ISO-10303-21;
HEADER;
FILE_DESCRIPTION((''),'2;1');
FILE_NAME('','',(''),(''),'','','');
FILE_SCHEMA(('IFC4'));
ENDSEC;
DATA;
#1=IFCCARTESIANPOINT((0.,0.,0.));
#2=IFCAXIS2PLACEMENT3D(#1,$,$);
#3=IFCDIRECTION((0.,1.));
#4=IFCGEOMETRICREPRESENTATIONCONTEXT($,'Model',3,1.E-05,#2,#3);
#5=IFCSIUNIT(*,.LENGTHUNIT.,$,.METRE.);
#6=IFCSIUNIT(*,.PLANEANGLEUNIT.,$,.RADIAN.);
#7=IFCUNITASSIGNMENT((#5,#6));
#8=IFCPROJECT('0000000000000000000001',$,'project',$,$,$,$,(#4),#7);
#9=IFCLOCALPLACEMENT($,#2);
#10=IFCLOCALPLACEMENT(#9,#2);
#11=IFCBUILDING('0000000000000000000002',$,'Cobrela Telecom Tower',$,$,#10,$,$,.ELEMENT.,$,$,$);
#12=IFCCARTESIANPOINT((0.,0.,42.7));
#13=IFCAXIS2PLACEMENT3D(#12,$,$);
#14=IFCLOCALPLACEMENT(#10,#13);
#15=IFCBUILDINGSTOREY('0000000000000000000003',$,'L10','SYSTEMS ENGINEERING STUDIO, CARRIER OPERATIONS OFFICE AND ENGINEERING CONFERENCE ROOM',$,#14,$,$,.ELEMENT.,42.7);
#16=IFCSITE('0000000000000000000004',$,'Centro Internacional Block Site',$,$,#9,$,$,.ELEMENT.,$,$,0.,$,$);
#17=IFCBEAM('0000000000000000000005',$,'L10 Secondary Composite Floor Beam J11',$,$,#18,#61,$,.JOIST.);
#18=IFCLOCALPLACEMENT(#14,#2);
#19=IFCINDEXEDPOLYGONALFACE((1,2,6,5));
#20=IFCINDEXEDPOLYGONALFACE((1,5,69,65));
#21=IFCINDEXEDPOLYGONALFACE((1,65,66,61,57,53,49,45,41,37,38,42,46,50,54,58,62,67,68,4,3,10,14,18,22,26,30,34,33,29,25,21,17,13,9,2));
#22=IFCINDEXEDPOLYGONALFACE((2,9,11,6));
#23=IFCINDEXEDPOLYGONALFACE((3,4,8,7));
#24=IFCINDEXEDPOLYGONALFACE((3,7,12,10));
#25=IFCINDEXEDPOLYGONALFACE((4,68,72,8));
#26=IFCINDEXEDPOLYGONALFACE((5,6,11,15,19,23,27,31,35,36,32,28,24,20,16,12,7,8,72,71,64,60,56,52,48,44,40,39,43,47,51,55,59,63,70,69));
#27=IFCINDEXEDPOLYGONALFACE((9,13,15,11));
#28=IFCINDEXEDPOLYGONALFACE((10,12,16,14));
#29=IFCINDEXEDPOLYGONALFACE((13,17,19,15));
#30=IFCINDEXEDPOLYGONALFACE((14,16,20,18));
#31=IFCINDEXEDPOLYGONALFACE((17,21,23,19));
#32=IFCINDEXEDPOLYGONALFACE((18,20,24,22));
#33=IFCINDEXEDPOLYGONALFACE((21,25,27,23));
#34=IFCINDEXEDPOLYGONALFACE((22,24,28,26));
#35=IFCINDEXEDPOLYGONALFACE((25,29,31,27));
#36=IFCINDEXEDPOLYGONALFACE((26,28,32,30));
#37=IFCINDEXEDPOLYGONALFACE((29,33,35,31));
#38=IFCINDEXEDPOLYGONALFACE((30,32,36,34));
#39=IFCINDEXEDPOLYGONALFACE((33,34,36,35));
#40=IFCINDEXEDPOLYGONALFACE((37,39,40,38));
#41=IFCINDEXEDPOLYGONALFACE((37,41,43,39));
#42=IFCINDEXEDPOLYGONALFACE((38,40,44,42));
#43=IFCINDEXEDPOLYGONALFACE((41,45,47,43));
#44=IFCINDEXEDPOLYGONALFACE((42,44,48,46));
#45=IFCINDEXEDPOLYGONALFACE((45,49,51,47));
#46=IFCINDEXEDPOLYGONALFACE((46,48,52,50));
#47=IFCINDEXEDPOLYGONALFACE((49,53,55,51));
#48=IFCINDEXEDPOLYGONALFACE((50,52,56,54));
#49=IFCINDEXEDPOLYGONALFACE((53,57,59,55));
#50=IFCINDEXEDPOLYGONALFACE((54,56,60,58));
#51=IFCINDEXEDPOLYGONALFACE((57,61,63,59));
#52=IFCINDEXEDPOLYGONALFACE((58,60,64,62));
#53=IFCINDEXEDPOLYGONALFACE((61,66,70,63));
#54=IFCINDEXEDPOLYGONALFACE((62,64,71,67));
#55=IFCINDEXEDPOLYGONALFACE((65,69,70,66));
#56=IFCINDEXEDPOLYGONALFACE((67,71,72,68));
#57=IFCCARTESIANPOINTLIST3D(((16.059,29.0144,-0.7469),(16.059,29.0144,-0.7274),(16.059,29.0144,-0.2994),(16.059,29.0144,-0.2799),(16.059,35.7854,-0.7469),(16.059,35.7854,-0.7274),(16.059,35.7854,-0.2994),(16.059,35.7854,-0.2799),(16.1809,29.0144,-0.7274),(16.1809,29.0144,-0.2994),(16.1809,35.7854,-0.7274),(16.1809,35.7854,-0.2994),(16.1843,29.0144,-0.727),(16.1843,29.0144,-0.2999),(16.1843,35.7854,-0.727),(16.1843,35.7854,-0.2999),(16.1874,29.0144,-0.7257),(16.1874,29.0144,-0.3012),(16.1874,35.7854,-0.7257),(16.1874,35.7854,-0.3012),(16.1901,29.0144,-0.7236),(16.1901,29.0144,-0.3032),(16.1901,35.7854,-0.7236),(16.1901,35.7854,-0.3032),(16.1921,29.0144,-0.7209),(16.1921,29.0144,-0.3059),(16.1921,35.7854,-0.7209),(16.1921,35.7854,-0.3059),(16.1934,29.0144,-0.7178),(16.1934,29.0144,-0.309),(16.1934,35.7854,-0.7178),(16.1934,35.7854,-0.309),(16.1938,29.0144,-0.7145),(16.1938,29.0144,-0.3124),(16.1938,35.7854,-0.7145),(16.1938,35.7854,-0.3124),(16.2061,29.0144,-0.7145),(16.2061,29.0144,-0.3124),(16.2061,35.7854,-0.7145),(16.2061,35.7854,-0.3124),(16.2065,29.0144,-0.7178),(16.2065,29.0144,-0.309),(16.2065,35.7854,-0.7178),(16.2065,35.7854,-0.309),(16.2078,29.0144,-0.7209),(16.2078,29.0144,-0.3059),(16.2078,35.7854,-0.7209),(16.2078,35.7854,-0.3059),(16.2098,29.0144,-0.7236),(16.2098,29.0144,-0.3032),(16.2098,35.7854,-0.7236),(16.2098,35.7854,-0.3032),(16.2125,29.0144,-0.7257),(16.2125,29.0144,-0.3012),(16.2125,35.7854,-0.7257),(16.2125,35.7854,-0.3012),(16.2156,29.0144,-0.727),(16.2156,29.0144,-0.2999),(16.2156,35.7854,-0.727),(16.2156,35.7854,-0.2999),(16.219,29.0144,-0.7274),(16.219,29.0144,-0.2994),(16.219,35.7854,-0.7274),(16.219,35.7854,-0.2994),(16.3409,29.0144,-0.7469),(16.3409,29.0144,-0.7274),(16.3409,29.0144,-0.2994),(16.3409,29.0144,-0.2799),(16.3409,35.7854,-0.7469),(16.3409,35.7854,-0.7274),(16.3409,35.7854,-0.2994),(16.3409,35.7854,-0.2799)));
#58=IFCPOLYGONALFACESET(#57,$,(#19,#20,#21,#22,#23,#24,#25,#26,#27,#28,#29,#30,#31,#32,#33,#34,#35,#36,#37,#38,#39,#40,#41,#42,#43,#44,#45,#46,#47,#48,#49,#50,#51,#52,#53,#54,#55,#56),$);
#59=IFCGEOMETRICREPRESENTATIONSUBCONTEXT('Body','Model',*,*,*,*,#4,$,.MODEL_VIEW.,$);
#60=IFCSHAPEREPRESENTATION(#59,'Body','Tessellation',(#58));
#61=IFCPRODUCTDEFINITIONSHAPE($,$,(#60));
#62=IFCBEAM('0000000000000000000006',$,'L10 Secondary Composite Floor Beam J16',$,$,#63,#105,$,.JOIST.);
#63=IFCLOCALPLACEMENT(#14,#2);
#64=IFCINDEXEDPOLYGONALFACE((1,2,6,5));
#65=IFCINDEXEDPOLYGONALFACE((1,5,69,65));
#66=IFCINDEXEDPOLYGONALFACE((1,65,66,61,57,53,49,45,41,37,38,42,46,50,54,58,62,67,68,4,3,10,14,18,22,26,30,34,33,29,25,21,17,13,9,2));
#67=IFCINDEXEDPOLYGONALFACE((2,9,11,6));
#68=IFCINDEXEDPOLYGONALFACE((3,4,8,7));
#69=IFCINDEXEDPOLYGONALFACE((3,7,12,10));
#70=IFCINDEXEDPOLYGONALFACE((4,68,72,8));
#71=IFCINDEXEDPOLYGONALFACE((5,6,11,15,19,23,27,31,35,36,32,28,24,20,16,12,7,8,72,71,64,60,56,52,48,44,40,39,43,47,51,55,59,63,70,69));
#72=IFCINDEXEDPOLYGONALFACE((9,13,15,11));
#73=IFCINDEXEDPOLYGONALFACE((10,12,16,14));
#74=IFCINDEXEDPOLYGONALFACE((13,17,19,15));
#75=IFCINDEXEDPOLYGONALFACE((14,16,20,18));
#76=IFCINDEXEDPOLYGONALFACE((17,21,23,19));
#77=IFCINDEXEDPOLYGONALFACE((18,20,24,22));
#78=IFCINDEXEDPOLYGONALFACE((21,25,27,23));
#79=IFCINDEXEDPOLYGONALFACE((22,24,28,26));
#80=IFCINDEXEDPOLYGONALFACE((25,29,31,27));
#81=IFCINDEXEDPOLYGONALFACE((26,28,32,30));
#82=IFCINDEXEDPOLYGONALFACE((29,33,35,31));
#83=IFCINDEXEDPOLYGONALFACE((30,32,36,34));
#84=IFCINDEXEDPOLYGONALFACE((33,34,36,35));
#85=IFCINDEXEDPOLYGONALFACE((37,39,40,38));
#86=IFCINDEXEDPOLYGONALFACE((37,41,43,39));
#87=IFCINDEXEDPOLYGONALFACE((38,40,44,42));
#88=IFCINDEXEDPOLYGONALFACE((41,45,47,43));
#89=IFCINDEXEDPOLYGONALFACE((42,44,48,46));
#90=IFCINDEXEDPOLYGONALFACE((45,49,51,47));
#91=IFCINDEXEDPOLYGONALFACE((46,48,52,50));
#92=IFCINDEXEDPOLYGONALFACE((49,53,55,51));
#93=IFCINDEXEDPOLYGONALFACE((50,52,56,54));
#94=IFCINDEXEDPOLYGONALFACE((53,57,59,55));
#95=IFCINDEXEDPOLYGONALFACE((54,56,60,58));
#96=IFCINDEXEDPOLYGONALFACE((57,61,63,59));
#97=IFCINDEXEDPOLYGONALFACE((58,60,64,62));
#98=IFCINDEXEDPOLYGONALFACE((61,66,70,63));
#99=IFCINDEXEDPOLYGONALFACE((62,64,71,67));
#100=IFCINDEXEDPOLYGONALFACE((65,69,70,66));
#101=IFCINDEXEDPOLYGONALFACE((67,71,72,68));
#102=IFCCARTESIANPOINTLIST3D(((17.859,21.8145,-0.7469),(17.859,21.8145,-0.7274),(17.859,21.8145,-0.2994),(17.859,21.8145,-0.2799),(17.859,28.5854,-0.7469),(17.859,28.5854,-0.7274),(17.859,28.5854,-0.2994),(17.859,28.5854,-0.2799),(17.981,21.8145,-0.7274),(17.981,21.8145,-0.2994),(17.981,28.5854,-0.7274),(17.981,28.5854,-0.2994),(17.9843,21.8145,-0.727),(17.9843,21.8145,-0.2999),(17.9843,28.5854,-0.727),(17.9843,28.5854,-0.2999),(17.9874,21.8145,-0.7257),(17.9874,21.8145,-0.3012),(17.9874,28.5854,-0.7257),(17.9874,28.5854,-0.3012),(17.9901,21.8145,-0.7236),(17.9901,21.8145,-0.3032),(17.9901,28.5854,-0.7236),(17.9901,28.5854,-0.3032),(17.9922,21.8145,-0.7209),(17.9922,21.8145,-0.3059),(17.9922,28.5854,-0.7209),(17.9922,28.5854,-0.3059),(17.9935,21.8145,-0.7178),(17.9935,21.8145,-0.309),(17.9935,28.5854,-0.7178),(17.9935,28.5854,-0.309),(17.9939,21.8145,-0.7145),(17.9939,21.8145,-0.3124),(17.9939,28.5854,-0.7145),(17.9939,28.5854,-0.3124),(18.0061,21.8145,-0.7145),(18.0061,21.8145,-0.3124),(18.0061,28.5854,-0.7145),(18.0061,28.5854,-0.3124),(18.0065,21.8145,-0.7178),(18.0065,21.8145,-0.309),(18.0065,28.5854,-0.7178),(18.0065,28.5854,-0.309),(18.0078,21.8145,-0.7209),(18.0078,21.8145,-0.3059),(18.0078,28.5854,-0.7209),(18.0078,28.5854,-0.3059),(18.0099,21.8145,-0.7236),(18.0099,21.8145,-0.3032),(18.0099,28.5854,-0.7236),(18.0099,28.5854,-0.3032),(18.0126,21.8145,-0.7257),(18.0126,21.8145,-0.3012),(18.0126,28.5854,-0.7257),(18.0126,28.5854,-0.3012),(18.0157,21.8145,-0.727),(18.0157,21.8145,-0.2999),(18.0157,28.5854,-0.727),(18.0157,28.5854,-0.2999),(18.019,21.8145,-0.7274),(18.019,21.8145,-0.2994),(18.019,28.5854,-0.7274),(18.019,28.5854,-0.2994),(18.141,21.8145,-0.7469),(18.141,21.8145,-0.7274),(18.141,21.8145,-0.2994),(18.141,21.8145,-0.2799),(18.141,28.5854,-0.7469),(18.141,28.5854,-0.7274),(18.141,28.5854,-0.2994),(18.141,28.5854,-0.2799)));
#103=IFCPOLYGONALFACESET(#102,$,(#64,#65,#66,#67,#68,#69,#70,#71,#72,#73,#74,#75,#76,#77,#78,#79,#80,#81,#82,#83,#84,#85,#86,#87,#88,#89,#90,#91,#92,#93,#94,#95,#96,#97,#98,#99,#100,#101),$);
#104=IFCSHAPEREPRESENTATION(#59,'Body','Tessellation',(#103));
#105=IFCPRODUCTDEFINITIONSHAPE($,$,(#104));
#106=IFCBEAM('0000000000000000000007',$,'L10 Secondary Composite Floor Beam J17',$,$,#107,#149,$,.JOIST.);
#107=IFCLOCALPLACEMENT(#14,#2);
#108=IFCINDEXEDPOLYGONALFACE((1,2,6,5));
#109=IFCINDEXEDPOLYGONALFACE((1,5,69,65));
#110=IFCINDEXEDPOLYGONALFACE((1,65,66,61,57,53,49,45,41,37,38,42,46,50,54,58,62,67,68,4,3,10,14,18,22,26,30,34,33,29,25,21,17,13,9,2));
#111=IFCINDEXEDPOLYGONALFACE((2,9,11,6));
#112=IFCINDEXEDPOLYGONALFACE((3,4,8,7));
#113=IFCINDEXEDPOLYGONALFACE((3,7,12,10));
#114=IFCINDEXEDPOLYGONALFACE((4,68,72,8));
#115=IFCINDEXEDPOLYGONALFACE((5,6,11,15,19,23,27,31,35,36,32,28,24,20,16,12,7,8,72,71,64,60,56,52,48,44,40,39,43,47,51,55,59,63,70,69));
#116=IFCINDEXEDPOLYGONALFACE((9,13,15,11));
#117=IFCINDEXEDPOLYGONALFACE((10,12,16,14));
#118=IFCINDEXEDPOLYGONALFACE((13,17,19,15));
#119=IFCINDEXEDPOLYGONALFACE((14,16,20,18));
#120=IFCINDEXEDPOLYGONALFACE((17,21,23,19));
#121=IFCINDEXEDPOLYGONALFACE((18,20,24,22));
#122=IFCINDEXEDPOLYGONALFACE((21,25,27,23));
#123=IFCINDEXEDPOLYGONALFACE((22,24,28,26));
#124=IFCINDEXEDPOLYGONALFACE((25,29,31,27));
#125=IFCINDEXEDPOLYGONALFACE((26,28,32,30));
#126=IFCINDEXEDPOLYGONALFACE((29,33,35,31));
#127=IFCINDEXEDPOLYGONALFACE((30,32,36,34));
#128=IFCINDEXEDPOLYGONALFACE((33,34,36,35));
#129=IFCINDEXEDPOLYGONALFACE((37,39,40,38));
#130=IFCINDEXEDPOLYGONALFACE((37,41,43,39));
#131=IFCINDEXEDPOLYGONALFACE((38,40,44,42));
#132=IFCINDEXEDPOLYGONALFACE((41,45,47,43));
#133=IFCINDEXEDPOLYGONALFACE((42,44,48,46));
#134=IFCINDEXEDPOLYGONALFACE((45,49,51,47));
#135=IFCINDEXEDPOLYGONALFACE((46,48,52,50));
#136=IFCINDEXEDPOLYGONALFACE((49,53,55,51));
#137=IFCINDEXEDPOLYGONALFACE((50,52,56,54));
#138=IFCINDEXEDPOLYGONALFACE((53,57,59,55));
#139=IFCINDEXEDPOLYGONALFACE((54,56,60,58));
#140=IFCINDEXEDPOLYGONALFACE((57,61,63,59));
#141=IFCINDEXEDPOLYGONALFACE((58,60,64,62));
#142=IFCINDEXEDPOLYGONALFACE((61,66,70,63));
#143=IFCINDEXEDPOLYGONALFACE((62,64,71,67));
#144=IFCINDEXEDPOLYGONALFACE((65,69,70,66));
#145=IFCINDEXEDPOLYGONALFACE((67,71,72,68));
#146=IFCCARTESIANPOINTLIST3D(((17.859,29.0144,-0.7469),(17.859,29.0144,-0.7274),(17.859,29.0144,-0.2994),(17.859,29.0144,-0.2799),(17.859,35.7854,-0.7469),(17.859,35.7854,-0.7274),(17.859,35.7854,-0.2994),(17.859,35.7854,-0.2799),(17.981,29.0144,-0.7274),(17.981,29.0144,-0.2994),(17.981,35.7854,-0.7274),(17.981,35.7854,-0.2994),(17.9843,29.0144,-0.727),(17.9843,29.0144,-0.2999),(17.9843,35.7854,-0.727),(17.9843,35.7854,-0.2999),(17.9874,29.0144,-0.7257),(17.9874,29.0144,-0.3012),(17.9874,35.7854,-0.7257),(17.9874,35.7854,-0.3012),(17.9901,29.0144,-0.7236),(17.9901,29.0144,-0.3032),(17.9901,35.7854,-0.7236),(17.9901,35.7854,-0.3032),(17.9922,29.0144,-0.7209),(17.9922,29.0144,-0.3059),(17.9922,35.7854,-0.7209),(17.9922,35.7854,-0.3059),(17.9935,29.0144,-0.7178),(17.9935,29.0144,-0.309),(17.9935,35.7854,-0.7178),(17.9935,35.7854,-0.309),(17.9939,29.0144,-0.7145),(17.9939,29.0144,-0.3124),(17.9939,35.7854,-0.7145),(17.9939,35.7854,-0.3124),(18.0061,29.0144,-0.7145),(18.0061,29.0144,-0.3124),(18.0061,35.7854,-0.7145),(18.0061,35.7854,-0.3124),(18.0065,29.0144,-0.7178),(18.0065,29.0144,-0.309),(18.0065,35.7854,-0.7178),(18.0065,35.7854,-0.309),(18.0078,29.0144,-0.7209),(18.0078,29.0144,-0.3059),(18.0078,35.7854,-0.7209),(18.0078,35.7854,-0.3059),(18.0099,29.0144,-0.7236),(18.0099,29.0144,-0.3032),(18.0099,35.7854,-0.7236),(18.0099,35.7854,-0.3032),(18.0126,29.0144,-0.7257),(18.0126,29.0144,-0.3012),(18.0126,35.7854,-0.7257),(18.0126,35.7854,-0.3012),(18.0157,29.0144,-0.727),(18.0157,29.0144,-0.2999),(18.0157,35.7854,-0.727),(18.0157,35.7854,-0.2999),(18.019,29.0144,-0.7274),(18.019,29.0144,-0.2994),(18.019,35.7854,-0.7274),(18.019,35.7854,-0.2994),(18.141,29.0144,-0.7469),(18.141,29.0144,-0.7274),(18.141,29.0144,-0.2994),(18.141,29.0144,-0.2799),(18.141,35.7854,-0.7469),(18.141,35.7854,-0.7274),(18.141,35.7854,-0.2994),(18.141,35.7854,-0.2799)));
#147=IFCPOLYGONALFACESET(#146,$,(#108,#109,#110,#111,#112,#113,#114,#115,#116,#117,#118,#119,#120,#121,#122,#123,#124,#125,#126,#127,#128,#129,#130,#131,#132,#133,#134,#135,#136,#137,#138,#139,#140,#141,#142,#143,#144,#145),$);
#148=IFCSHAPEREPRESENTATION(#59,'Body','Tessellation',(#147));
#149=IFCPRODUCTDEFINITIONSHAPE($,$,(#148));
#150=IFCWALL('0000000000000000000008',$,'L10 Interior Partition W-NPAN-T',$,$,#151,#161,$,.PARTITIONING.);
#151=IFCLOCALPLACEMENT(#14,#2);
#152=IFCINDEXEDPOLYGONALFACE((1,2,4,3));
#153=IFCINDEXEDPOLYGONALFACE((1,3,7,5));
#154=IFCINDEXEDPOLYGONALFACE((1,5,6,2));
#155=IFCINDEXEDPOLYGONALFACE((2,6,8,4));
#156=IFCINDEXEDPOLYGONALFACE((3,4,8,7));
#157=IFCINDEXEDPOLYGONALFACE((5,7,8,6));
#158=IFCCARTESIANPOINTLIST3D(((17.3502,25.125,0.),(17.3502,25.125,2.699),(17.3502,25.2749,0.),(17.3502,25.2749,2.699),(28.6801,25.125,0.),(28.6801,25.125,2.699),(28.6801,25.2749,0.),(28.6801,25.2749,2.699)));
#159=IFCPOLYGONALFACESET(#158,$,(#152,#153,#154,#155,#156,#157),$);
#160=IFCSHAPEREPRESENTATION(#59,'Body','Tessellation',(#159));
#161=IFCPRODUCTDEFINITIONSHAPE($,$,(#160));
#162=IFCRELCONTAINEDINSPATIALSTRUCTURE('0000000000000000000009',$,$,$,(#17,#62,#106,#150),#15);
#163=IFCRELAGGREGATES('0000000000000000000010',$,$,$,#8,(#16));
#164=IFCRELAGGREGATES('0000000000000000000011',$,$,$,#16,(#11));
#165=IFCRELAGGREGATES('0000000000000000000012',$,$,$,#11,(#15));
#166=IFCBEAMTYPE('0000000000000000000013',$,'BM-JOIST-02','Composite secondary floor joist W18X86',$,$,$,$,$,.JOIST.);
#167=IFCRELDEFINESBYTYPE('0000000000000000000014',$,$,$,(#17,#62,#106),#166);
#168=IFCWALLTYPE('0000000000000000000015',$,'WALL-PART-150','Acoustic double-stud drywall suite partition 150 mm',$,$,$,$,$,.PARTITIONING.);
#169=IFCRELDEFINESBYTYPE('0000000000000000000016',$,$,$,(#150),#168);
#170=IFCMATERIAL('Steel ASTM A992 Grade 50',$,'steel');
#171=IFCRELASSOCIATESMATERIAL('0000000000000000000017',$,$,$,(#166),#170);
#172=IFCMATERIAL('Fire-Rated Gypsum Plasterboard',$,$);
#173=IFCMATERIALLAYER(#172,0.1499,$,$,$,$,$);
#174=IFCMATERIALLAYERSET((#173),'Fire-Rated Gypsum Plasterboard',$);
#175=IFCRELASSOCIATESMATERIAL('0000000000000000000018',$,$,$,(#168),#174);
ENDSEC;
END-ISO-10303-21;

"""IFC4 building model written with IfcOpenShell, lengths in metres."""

from ifc_helpers import new_model, si_unit, direction, frame, frame_2d, origin, origin_2d, place, context, subcontext, project, spatial, rectangle, i_section, extrude, material, layer, layer_set, material_profile, profile_set, type_object, element, save


model = new_model("IFC4")

# Units and contexts
model_context = context("Model", 3, precision=1e-05, world=origin(), true_north=direction((0.0, 1.0)))
body_context = subcontext(model_context, "Body", "Model", "MODEL_VIEW")
ifc_project = project(units=[si_unit("LENGTHUNIT", "METRE"), si_unit("PLANEANGLEUNIT", "RADIAN")], contexts=[model_context])

# Site, building, storey
site_placement = place(None, origin())
site = spatial("IfcSite", under=ifc_project, at=site_placement, Name="Centro Internacional Block Site", CompositionType="ELEMENT", RefElevation=0.0)
building_placement = place(site_placement, origin())
building = spatial("IfcBuilding", under=site, at=building_placement, Name="Cobrela Telecom Tower", CompositionType="ELEMENT")
storey_placement = place(building_placement, frame((0.0, 0.0, 42.7)))
storey = spatial("IfcBuildingStorey", under=building, at=storey_placement, Name="L10", Description="SYSTEMS ENGINEERING STUDIO, CARRIER OPERATIONS OFFICE AND ENGINEERING CONFERENCE ROOM", CompositionType="ELEMENT", Elevation=42.7)

# Beams
ifc_material_1 = material(Name="Steel ASTM A992 Grade 50", Category="steel")
ifc_material_profile_1 = material_profile(ifc_material_1, i_section(OverallWidth=0.282, OverallDepth=0.467, WebThickness=0.0122, FlangeThickness=0.0195, FilletRadius=0.0129, at=origin_2d()), Name="W18X86")
ifc_profile_set_1 = profile_set([ifc_material_profile_1], Name="Steel ASTM A992 Grade 50")
beam_type_1 = type_object("IfcBeamType", Name="BM-JOIST-02", Description="Composite secondary floor joist W18X86", PredefinedType="JOIST", material=ifc_profile_set_1)
for number, where, z_axis, x_axis, name in (
    (1, (16.2, 29.0144, -0.5134), (0.0, 1.0, 0.0), (-1.0, 0.0, 0.0), "L10 Secondary Composite Floor Beam J11"),
    (2, (18.0, 21.8145, -0.5134), (0.0, 1.0, 0.0), (-1.0, 0.0, 0.0), "L10 Secondary Composite Floor Beam J16"),
    (3, (18.0, 29.0144, -0.5134), (0.0, 1.0, 0.0), (-1.0, 0.0, 0.0), "L10 Secondary Composite Floor Beam J17"),
):
    element("IfcBeam", number, at=place(storey_placement, frame(where, z_axis=z_axis, x_axis=x_axis)), inside=storey, type_object=beam_type_1, Name=name, PredefinedType="JOIST", context=body_context, shape_type="SweptSolid", body=[
        extrude(i_section(OverallWidth=0.282, OverallDepth=0.467, WebThickness=0.0122, FlangeThickness=0.0195, FilletRadius=0.0129, at=origin_2d()), origin(), (0.0, 0.0, 1.0), 6.771),
    ])

# Wall
ifc_material_2 = material(Name="Fire-Rated Gypsum Plasterboard")
ifc_layer_1 = layer(ifc_material_2, 0.1499)
ifc_layer_set_1 = layer_set([ifc_layer_1], Name="Fire-Rated Gypsum Plasterboard")
wall_type_1 = type_object("IfcWallType", Name="WALL-PART-150", Description="Acoustic double-stud drywall suite partition 150 mm", PredefinedType="PARTITIONING", material=ifc_layer_set_1)
wall_1_placement = place(storey_placement, frame((17.3501, 25.2, 0.0), z_axis=(0.0, 0.0, 1.0), x_axis=(1.0, 0.0, 0.0)))
element("IfcWall", 4, at=wall_1_placement, inside=storey, type_object=wall_type_1, Name="L10 Interior Partition W-NPAN-T", PredefinedType="PARTITIONING", context=body_context, shape_type="SweptSolid", body=[
    extrude(rectangle(XDim=11.3298, YDim=0.1499, at=frame_2d((5.665, 0.0))), origin(), (0.0, 0.0, 1.0), 2.699),
])

save(model, "model.ifc")
